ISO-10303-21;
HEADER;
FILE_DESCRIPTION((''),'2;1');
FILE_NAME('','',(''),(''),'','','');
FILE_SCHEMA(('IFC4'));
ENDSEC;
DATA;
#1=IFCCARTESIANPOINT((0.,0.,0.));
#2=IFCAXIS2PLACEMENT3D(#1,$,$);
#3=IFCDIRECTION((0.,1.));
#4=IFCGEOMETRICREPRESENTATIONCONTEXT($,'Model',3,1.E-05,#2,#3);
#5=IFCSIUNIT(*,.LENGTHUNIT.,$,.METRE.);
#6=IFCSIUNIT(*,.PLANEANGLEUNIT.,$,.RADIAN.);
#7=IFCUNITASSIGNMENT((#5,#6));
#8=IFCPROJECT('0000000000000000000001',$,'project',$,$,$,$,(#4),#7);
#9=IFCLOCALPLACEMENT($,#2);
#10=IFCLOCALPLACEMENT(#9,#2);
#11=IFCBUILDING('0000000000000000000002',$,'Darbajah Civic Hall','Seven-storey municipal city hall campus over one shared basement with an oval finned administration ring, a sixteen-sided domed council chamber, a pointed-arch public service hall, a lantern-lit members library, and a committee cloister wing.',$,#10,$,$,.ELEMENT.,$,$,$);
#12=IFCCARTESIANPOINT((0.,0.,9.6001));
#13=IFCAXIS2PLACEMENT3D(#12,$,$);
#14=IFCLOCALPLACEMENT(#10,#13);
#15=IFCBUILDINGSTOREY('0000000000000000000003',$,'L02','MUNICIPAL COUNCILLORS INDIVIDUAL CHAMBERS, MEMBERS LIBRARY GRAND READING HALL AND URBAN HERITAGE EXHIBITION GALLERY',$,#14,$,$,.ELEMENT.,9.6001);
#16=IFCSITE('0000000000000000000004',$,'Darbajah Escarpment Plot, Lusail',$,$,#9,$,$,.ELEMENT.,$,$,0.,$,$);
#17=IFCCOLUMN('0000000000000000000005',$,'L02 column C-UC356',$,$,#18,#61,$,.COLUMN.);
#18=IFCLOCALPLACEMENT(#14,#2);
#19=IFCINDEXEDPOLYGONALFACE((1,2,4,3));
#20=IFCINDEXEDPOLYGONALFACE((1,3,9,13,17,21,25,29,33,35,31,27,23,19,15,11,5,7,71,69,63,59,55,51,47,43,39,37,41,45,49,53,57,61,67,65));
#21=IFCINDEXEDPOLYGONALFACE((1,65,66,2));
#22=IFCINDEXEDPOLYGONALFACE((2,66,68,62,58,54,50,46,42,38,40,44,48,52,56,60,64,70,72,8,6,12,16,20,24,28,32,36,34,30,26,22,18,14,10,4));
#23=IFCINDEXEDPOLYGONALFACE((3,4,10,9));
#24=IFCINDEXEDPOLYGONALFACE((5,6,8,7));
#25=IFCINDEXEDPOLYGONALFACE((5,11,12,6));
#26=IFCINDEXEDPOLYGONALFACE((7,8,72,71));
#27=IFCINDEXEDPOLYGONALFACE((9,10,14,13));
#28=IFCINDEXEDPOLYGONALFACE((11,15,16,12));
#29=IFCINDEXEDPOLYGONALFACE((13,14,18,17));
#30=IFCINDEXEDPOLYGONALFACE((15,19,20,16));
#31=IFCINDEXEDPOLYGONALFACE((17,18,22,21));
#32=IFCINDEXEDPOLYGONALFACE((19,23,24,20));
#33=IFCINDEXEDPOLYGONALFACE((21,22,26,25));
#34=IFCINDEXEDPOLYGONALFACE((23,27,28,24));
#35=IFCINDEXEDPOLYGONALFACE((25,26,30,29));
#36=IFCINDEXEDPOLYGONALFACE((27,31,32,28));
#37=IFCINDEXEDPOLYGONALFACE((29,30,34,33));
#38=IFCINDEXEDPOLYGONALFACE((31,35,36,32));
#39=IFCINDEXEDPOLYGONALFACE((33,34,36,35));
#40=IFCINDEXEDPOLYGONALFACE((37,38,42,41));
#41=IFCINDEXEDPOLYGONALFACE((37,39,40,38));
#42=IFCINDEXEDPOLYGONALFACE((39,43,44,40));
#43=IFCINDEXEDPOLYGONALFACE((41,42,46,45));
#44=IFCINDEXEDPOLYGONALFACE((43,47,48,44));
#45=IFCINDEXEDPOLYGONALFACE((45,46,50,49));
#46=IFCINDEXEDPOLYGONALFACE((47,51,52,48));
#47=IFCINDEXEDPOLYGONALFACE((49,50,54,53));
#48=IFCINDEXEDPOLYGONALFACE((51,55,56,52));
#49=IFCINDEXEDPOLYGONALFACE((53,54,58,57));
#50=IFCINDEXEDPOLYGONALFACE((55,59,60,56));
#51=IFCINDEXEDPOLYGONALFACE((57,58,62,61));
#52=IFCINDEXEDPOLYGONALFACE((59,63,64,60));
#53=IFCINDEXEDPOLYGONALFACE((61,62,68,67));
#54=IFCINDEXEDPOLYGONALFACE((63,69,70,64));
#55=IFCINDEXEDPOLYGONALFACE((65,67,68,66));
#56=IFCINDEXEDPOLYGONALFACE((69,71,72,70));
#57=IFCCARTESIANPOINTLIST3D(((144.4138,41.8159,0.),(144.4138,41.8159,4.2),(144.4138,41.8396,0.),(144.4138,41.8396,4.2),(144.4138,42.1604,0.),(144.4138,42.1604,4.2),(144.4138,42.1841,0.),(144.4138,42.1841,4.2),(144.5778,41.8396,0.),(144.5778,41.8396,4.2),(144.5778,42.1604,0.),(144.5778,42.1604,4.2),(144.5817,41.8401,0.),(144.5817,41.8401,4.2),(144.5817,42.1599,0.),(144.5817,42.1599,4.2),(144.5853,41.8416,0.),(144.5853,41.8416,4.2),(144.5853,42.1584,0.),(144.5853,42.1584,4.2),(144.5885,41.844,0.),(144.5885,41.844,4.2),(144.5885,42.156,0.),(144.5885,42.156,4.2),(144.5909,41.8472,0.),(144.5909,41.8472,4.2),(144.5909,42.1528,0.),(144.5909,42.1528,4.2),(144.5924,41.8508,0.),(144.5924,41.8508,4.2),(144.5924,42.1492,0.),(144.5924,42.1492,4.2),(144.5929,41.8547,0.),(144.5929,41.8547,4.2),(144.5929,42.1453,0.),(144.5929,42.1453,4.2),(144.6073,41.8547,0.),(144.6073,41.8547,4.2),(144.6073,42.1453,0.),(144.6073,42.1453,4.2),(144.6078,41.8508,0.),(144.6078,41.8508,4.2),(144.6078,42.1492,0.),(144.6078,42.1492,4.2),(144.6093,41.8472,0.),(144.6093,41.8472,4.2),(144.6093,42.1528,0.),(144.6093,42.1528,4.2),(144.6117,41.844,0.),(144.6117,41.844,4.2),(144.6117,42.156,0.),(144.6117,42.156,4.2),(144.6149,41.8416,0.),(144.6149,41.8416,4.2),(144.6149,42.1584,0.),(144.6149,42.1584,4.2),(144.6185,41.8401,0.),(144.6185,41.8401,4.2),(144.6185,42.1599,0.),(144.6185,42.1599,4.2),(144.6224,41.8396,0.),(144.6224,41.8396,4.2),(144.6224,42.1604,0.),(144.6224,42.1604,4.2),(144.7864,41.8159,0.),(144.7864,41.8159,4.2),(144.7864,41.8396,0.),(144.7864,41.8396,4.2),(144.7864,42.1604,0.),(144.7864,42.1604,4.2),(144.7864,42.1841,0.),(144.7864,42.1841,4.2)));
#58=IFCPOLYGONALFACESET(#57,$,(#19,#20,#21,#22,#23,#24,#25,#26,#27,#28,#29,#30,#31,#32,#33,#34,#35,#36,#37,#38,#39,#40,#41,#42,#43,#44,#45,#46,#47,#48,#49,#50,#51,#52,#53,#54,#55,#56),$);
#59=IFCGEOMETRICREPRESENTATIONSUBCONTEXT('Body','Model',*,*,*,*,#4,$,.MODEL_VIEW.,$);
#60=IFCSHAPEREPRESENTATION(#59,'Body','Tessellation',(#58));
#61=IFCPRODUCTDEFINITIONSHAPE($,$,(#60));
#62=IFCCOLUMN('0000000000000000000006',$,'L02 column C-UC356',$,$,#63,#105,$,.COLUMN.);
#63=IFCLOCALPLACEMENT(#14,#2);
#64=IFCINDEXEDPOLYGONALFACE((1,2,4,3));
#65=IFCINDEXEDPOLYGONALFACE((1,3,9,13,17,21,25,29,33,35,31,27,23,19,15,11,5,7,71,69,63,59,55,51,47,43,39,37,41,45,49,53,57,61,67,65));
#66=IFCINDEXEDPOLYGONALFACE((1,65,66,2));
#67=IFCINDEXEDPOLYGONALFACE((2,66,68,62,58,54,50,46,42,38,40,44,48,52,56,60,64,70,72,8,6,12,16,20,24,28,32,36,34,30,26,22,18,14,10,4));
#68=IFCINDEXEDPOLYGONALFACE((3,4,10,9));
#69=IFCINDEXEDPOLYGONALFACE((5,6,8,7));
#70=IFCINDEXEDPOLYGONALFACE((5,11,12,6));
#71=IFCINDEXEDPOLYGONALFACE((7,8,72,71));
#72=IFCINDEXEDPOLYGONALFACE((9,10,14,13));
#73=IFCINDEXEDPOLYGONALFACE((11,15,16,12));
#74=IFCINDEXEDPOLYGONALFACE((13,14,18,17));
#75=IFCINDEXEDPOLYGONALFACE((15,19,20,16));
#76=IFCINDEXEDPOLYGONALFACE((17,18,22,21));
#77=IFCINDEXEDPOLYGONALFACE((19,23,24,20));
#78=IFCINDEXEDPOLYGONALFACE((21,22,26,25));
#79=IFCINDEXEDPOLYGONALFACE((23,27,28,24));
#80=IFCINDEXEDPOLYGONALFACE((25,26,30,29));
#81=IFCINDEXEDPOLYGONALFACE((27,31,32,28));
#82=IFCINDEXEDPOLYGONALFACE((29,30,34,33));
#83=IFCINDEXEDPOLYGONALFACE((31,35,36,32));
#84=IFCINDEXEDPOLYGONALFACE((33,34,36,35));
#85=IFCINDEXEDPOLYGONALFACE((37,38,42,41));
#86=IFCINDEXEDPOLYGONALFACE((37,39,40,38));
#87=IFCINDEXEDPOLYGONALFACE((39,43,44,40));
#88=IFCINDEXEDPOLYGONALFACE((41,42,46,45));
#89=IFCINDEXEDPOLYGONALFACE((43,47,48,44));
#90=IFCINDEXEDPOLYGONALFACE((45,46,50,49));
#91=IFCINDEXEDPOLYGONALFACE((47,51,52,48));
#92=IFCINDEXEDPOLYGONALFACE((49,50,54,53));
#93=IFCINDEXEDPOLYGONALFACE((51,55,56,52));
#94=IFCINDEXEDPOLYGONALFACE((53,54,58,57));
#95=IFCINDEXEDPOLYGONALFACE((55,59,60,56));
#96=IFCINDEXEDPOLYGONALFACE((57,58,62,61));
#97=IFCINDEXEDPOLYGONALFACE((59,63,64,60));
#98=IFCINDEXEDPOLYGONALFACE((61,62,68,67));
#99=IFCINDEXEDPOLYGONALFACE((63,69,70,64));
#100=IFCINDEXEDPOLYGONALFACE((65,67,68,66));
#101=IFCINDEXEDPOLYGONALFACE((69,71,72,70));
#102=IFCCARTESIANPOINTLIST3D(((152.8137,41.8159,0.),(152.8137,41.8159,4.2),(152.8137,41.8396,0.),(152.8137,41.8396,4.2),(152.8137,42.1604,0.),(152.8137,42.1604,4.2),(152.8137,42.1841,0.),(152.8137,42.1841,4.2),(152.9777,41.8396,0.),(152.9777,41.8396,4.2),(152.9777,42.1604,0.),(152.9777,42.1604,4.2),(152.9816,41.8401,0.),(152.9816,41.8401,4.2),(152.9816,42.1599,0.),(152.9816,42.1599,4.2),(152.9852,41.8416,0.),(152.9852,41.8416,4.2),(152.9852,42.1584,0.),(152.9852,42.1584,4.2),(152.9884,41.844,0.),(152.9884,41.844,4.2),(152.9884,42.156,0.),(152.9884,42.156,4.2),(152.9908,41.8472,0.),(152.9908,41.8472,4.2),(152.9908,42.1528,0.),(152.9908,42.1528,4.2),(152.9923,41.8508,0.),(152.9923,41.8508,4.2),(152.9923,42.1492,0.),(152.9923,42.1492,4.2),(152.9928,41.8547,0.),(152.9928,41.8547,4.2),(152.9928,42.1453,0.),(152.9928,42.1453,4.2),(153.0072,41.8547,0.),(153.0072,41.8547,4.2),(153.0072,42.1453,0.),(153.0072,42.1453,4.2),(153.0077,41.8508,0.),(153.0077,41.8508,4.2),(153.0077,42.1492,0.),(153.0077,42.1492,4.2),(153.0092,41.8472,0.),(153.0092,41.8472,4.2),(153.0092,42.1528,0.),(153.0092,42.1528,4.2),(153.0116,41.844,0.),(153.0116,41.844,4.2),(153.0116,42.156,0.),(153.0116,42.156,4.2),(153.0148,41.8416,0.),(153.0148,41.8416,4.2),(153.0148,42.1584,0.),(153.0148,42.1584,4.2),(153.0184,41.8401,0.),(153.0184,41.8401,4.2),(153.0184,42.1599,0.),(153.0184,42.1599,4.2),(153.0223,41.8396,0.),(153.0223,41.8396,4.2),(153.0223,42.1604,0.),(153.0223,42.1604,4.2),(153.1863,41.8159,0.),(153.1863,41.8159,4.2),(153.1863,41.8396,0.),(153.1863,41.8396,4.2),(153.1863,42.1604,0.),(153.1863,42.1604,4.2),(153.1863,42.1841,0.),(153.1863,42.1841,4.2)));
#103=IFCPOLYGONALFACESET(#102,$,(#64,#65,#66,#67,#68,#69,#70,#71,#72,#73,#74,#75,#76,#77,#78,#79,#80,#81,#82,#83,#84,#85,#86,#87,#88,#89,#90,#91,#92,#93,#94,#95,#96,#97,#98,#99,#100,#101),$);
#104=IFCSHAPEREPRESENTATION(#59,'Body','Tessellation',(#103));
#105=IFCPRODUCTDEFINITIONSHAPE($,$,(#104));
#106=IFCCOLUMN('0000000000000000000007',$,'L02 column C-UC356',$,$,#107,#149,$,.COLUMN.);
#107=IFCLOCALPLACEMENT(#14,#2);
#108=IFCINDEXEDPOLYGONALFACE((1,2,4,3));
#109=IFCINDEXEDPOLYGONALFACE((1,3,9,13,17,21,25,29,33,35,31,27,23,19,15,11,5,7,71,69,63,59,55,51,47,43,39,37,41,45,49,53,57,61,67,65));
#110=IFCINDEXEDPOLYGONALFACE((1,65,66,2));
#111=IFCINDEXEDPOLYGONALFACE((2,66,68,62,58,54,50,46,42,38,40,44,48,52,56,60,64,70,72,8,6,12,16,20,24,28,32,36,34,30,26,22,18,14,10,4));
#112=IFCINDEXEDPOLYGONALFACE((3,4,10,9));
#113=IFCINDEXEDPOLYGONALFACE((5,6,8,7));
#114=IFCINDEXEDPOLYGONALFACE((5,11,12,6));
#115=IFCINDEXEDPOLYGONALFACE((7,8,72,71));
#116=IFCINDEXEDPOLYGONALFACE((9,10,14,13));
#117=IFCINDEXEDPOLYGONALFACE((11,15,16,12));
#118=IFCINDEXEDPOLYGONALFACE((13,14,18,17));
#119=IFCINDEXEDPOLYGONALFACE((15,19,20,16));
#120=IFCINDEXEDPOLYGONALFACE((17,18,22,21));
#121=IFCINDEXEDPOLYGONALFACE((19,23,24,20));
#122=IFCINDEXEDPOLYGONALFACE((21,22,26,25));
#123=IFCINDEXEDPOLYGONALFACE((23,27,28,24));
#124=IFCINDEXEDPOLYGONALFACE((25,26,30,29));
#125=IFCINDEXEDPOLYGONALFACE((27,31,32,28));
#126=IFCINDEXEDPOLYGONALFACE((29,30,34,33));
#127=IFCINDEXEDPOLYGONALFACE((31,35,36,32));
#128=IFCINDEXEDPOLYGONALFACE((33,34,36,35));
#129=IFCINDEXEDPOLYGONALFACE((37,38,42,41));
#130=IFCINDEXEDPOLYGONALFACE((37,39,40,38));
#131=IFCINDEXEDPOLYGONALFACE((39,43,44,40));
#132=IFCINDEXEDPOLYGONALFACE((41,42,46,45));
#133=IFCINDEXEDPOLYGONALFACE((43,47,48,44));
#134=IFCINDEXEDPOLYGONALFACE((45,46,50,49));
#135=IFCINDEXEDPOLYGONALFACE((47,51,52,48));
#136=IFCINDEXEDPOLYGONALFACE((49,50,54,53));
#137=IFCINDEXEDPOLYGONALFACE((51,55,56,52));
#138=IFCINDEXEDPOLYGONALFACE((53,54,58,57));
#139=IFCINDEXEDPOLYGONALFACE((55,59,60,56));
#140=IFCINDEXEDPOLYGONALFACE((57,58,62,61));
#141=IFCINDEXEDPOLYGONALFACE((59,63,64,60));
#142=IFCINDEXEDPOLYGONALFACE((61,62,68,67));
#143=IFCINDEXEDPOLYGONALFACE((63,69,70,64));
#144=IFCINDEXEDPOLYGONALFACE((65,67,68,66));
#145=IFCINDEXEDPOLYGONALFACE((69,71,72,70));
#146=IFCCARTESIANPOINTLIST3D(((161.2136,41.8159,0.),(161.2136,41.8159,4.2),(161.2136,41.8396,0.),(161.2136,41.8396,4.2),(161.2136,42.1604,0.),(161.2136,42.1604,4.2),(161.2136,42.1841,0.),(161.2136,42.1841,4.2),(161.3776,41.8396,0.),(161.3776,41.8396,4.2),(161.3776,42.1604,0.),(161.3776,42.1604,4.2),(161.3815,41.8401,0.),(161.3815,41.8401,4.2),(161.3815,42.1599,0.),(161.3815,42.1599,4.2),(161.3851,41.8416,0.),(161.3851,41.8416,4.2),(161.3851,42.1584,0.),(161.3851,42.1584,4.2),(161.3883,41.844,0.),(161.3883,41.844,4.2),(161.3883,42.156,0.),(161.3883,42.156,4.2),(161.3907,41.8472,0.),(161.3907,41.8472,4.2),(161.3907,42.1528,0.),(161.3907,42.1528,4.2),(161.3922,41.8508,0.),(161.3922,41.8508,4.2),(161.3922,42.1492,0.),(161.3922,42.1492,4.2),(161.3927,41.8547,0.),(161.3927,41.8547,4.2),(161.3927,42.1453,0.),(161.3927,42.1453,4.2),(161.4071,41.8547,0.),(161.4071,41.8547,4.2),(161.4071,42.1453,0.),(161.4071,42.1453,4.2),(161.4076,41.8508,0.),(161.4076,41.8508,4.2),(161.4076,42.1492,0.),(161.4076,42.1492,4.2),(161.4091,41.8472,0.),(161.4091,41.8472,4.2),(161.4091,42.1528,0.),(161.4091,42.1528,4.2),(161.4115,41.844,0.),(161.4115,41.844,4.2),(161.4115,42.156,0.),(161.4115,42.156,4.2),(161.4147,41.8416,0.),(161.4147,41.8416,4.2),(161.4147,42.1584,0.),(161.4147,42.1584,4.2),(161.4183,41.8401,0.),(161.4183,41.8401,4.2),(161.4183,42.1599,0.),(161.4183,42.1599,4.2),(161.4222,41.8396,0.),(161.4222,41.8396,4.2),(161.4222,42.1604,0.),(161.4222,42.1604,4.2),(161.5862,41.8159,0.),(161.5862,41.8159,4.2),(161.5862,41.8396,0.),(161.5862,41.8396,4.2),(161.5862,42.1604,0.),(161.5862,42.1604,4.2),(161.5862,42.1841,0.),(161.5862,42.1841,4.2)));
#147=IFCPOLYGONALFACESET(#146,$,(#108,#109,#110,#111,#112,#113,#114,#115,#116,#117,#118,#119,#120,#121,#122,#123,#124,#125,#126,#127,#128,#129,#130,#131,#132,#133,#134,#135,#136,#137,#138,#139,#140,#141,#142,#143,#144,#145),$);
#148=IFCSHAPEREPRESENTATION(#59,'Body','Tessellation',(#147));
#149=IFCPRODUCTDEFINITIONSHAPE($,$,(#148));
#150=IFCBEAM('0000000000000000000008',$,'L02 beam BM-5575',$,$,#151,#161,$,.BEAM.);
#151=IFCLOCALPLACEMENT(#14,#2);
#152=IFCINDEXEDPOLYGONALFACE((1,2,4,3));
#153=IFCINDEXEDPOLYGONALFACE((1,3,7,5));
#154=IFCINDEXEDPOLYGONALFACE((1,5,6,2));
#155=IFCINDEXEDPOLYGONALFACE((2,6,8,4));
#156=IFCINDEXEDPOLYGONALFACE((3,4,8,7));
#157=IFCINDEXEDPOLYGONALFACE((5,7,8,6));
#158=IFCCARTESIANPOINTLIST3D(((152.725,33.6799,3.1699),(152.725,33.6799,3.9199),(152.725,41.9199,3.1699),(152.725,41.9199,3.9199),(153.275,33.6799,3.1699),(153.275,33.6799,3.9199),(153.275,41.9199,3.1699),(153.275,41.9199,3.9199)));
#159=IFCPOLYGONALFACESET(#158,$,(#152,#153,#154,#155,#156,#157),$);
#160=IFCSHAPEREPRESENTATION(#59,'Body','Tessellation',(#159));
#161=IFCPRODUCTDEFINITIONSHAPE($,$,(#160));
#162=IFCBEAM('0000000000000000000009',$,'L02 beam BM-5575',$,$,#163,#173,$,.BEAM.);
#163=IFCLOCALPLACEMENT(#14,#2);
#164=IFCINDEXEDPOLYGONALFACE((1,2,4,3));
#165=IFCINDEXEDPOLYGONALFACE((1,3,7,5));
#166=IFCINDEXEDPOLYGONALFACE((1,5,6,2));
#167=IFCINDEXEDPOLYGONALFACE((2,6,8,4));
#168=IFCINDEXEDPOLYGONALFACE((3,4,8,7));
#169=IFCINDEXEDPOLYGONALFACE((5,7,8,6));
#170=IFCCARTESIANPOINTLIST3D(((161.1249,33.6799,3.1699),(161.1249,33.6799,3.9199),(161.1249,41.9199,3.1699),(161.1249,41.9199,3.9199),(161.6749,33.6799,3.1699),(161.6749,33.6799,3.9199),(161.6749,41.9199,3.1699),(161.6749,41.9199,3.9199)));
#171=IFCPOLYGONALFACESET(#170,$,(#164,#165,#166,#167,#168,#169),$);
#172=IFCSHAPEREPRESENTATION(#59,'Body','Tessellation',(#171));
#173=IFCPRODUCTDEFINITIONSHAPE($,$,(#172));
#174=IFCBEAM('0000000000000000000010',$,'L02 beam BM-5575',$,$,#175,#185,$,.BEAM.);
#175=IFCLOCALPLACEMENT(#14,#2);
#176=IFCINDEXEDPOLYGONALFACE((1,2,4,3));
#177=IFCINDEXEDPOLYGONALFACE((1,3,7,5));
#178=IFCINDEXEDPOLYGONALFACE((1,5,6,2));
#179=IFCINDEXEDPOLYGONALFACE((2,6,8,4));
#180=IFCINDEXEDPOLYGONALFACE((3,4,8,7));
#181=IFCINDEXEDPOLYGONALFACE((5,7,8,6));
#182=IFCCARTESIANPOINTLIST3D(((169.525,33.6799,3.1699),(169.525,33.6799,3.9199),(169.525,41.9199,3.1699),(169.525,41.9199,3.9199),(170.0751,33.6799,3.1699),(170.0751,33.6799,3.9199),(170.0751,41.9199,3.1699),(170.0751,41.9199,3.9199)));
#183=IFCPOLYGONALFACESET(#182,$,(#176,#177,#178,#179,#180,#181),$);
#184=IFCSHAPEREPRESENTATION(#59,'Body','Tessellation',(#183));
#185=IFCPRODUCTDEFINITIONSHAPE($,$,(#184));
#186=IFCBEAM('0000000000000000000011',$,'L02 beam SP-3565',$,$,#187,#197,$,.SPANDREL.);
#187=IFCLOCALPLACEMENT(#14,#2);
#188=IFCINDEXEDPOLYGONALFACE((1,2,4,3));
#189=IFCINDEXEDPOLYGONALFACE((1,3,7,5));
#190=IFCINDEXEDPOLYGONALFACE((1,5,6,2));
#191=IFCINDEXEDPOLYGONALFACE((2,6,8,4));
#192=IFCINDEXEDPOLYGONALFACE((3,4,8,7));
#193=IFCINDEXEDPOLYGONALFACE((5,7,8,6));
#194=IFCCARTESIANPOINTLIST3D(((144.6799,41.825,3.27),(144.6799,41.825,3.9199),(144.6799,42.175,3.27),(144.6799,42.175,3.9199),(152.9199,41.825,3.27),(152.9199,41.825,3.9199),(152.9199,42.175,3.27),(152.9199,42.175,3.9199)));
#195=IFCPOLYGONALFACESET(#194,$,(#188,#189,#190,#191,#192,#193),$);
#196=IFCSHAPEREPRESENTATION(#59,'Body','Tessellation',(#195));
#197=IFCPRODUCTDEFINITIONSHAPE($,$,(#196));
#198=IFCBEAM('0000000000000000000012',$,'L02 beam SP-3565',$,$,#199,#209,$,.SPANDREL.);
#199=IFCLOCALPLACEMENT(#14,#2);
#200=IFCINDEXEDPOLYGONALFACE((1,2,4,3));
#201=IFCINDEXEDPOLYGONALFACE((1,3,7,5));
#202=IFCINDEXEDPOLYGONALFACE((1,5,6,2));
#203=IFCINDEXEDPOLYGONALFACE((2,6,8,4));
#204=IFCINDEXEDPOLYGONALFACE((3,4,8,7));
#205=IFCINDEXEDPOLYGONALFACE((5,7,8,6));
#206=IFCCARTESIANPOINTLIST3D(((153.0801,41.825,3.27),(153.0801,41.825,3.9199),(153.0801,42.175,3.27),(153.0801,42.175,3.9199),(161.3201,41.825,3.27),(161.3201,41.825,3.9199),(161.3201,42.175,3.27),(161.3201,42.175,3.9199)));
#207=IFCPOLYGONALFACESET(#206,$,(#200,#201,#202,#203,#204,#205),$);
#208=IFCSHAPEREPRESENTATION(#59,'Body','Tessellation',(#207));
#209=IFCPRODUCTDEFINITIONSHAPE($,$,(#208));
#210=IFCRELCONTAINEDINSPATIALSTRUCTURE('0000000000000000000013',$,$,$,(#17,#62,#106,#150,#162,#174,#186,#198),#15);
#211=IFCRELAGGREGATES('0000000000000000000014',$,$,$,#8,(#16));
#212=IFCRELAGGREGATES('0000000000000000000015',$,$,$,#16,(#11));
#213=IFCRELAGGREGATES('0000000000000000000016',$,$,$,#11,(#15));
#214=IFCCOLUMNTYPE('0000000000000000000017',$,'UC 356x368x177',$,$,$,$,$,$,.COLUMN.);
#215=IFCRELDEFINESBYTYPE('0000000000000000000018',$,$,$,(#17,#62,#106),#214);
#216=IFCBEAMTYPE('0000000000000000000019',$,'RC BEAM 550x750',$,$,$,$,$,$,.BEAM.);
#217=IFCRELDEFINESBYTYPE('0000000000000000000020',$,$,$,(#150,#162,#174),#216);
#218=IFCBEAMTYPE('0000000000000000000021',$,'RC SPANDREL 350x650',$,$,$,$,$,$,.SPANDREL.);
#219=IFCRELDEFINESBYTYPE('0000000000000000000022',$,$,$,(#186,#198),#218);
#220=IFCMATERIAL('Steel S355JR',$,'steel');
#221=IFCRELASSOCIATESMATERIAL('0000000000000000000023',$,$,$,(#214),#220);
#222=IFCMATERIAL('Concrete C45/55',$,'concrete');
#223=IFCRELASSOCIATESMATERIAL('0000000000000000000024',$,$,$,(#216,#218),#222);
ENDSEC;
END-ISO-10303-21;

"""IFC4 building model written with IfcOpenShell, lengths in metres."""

from ifc_helpers import new_model, si_unit, direction, frame, origin, origin_2d, place, context, subcontext, project, spatial, rectangle, i_section, extrude, material, material_profile, profile_set, type_object, element, save


model = new_model("IFC4")

# Units and contexts
model_context = context("Model", 3, precision=1e-05, world=origin(), true_north=direction((0.0, 1.0)))
body_context = subcontext(model_context, "Body", "Model", "MODEL_VIEW")
ifc_project = project(units=[si_unit("LENGTHUNIT", "METRE"), si_unit("PLANEANGLEUNIT", "RADIAN")], contexts=[model_context])

# Site, building, storey
site_placement = place(None, origin())
site = spatial("IfcSite", under=ifc_project, at=site_placement, Name="Darbajah Escarpment Plot, Lusail", CompositionType="ELEMENT", RefElevation=0.0)
building_placement = place(site_placement, origin())
building = spatial("IfcBuilding", under=site, at=building_placement, Name="Darbajah Civic Hall", Description="Seven-storey municipal city hall campus over one shared basement with an oval finned administration ring, a sixteen-sided domed council chamber, a pointed-arch public service hall, a lantern-lit members library, and a committee cloister wing.", CompositionType="ELEMENT")
storey_placement = place(building_placement, frame((0.0, 0.0, 9.6001)))
storey = spatial("IfcBuildingStorey", under=building, at=storey_placement, Name="L02", Description="MUNICIPAL COUNCILLORS INDIVIDUAL CHAMBERS, MEMBERS LIBRARY GRAND READING HALL AND URBAN HERITAGE EXHIBITION GALLERY", CompositionType="ELEMENT", Elevation=9.6001)

# Columns
ifc_material_1 = material(Name="Steel S355JR", Category="steel")
ifc_material_profile_1 = material_profile(ifc_material_1, i_section(OverallWidth=0.3726, OverallDepth=0.3682, WebThickness=0.0144, FlangeThickness=0.0237, FilletRadius=0.0151, at=origin_2d()), Name="UC 356x368x177")
ifc_profile_set_1 = profile_set([ifc_material_profile_1], Name="Steel S355JR")
column_type = type_object("IfcColumnType", Name="UC 356x368x177", PredefinedType="COLUMN", material=ifc_profile_set_1)
for number, where, z_axis, x_axis, name in (
    (1, (144.6001, 42.0, 0.0), (0.0, 0.0, 1.0), (1.0, 0.0, 0.0), "L02 column C-UC356"),
    (2, (153.0, 42.0, 0.0), (0.0, 0.0, 1.0), (1.0, 0.0, 0.0), "L02 column C-UC356"),
    (3, (161.3999, 42.0, 0.0), (0.0, 0.0, 1.0), (1.0, 0.0, 0.0), "L02 column C-UC356"),
):
    element("IfcColumn", number, at=place(storey_placement, frame(where, z_axis=z_axis, x_axis=x_axis)), inside=storey, type_object=column_type, Name=name, PredefinedType="COLUMN", context=body_context, shape_type="SweptSolid", body=[
        extrude(i_section(OverallWidth=0.3726, OverallDepth=0.3682, WebThickness=0.0144, FlangeThickness=0.0237, FilletRadius=0.0151, at=origin_2d()), origin(), (0.0, 0.0, 1.0), 4.2),
    ])

# Beams
ifc_material_2 = material(Name="Concrete C45/55", Category="concrete")
ifc_material_profile_2 = material_profile(ifc_material_2, rectangle(XDim=0.55, YDim=0.75, at=origin_2d()), Name="RC BEAM 550x750")
ifc_profile_set_2 = profile_set([ifc_material_profile_2], Name="Concrete C45/55")
beam_type_1 = type_object("IfcBeamType", Name="RC BEAM 550x750", PredefinedType="BEAM", material=ifc_profile_set_2)
for number, where, z_axis, x_axis, name in (
    (4, (153.0, 33.6799, 3.5449), (0.0, 1.0, 0.0), (-1.0, 0.0, 0.0), "L02 beam BM-5575"),
    (5, (161.3999, 33.6799, 3.5449), (0.0, 1.0, 0.0), (-1.0, 0.0, 0.0), "L02 beam BM-5575"),
    (6, (169.8, 33.6799, 3.5449), (0.0, 1.0, 0.0), (-1.0, 0.0, 0.0), "L02 beam BM-5575"),
):
    element("IfcBeam", number, at=place(storey_placement, frame(where, z_axis=z_axis, x_axis=x_axis)), inside=storey, type_object=beam_type_1, Name=name, PredefinedType="BEAM", context=body_context, shape_type="SweptSolid", body=[
        extrude(rectangle(XDim=0.55, YDim=0.75, at=origin_2d()), origin(), (0.0, 0.0, 1.0), 8.24),
    ])
ifc_material_profile_3 = material_profile(ifc_material_2, rectangle(XDim=0.3501, YDim=0.6499, at=origin_2d()), Name="RC SPANDREL 350x650")
ifc_profile_set_3 = profile_set([ifc_material_profile_3], Name="Concrete C45/55")
beam_type_2 = type_object("IfcBeamType", Name="RC SPANDREL 350x650", PredefinedType="SPANDREL", material=ifc_profile_set_3)
for number, where, z_axis, x_axis, name in (
    (7, (144.6799, 42.0, 3.595), (1.0, 0.0, 0.0), (0.0, 1.0, 0.0), "L02 beam SP-3565"),
    (8, (153.0801, 42.0, 3.595), (1.0, 0.0, 0.0), (0.0, 1.0, 0.0), "L02 beam SP-3565"),
):
    element("IfcBeam", number, at=place(storey_placement, frame(where, z_axis=z_axis, x_axis=x_axis)), inside=storey, type_object=beam_type_2, Name=name, PredefinedType="SPANDREL", context=body_context, shape_type="SweptSolid", body=[
        extrude(rectangle(XDim=0.3501, YDim=0.6499, at=origin_2d()), origin(), (0.0, 0.0, 1.0), 8.24),
    ])

save(model, "model.ifc")
